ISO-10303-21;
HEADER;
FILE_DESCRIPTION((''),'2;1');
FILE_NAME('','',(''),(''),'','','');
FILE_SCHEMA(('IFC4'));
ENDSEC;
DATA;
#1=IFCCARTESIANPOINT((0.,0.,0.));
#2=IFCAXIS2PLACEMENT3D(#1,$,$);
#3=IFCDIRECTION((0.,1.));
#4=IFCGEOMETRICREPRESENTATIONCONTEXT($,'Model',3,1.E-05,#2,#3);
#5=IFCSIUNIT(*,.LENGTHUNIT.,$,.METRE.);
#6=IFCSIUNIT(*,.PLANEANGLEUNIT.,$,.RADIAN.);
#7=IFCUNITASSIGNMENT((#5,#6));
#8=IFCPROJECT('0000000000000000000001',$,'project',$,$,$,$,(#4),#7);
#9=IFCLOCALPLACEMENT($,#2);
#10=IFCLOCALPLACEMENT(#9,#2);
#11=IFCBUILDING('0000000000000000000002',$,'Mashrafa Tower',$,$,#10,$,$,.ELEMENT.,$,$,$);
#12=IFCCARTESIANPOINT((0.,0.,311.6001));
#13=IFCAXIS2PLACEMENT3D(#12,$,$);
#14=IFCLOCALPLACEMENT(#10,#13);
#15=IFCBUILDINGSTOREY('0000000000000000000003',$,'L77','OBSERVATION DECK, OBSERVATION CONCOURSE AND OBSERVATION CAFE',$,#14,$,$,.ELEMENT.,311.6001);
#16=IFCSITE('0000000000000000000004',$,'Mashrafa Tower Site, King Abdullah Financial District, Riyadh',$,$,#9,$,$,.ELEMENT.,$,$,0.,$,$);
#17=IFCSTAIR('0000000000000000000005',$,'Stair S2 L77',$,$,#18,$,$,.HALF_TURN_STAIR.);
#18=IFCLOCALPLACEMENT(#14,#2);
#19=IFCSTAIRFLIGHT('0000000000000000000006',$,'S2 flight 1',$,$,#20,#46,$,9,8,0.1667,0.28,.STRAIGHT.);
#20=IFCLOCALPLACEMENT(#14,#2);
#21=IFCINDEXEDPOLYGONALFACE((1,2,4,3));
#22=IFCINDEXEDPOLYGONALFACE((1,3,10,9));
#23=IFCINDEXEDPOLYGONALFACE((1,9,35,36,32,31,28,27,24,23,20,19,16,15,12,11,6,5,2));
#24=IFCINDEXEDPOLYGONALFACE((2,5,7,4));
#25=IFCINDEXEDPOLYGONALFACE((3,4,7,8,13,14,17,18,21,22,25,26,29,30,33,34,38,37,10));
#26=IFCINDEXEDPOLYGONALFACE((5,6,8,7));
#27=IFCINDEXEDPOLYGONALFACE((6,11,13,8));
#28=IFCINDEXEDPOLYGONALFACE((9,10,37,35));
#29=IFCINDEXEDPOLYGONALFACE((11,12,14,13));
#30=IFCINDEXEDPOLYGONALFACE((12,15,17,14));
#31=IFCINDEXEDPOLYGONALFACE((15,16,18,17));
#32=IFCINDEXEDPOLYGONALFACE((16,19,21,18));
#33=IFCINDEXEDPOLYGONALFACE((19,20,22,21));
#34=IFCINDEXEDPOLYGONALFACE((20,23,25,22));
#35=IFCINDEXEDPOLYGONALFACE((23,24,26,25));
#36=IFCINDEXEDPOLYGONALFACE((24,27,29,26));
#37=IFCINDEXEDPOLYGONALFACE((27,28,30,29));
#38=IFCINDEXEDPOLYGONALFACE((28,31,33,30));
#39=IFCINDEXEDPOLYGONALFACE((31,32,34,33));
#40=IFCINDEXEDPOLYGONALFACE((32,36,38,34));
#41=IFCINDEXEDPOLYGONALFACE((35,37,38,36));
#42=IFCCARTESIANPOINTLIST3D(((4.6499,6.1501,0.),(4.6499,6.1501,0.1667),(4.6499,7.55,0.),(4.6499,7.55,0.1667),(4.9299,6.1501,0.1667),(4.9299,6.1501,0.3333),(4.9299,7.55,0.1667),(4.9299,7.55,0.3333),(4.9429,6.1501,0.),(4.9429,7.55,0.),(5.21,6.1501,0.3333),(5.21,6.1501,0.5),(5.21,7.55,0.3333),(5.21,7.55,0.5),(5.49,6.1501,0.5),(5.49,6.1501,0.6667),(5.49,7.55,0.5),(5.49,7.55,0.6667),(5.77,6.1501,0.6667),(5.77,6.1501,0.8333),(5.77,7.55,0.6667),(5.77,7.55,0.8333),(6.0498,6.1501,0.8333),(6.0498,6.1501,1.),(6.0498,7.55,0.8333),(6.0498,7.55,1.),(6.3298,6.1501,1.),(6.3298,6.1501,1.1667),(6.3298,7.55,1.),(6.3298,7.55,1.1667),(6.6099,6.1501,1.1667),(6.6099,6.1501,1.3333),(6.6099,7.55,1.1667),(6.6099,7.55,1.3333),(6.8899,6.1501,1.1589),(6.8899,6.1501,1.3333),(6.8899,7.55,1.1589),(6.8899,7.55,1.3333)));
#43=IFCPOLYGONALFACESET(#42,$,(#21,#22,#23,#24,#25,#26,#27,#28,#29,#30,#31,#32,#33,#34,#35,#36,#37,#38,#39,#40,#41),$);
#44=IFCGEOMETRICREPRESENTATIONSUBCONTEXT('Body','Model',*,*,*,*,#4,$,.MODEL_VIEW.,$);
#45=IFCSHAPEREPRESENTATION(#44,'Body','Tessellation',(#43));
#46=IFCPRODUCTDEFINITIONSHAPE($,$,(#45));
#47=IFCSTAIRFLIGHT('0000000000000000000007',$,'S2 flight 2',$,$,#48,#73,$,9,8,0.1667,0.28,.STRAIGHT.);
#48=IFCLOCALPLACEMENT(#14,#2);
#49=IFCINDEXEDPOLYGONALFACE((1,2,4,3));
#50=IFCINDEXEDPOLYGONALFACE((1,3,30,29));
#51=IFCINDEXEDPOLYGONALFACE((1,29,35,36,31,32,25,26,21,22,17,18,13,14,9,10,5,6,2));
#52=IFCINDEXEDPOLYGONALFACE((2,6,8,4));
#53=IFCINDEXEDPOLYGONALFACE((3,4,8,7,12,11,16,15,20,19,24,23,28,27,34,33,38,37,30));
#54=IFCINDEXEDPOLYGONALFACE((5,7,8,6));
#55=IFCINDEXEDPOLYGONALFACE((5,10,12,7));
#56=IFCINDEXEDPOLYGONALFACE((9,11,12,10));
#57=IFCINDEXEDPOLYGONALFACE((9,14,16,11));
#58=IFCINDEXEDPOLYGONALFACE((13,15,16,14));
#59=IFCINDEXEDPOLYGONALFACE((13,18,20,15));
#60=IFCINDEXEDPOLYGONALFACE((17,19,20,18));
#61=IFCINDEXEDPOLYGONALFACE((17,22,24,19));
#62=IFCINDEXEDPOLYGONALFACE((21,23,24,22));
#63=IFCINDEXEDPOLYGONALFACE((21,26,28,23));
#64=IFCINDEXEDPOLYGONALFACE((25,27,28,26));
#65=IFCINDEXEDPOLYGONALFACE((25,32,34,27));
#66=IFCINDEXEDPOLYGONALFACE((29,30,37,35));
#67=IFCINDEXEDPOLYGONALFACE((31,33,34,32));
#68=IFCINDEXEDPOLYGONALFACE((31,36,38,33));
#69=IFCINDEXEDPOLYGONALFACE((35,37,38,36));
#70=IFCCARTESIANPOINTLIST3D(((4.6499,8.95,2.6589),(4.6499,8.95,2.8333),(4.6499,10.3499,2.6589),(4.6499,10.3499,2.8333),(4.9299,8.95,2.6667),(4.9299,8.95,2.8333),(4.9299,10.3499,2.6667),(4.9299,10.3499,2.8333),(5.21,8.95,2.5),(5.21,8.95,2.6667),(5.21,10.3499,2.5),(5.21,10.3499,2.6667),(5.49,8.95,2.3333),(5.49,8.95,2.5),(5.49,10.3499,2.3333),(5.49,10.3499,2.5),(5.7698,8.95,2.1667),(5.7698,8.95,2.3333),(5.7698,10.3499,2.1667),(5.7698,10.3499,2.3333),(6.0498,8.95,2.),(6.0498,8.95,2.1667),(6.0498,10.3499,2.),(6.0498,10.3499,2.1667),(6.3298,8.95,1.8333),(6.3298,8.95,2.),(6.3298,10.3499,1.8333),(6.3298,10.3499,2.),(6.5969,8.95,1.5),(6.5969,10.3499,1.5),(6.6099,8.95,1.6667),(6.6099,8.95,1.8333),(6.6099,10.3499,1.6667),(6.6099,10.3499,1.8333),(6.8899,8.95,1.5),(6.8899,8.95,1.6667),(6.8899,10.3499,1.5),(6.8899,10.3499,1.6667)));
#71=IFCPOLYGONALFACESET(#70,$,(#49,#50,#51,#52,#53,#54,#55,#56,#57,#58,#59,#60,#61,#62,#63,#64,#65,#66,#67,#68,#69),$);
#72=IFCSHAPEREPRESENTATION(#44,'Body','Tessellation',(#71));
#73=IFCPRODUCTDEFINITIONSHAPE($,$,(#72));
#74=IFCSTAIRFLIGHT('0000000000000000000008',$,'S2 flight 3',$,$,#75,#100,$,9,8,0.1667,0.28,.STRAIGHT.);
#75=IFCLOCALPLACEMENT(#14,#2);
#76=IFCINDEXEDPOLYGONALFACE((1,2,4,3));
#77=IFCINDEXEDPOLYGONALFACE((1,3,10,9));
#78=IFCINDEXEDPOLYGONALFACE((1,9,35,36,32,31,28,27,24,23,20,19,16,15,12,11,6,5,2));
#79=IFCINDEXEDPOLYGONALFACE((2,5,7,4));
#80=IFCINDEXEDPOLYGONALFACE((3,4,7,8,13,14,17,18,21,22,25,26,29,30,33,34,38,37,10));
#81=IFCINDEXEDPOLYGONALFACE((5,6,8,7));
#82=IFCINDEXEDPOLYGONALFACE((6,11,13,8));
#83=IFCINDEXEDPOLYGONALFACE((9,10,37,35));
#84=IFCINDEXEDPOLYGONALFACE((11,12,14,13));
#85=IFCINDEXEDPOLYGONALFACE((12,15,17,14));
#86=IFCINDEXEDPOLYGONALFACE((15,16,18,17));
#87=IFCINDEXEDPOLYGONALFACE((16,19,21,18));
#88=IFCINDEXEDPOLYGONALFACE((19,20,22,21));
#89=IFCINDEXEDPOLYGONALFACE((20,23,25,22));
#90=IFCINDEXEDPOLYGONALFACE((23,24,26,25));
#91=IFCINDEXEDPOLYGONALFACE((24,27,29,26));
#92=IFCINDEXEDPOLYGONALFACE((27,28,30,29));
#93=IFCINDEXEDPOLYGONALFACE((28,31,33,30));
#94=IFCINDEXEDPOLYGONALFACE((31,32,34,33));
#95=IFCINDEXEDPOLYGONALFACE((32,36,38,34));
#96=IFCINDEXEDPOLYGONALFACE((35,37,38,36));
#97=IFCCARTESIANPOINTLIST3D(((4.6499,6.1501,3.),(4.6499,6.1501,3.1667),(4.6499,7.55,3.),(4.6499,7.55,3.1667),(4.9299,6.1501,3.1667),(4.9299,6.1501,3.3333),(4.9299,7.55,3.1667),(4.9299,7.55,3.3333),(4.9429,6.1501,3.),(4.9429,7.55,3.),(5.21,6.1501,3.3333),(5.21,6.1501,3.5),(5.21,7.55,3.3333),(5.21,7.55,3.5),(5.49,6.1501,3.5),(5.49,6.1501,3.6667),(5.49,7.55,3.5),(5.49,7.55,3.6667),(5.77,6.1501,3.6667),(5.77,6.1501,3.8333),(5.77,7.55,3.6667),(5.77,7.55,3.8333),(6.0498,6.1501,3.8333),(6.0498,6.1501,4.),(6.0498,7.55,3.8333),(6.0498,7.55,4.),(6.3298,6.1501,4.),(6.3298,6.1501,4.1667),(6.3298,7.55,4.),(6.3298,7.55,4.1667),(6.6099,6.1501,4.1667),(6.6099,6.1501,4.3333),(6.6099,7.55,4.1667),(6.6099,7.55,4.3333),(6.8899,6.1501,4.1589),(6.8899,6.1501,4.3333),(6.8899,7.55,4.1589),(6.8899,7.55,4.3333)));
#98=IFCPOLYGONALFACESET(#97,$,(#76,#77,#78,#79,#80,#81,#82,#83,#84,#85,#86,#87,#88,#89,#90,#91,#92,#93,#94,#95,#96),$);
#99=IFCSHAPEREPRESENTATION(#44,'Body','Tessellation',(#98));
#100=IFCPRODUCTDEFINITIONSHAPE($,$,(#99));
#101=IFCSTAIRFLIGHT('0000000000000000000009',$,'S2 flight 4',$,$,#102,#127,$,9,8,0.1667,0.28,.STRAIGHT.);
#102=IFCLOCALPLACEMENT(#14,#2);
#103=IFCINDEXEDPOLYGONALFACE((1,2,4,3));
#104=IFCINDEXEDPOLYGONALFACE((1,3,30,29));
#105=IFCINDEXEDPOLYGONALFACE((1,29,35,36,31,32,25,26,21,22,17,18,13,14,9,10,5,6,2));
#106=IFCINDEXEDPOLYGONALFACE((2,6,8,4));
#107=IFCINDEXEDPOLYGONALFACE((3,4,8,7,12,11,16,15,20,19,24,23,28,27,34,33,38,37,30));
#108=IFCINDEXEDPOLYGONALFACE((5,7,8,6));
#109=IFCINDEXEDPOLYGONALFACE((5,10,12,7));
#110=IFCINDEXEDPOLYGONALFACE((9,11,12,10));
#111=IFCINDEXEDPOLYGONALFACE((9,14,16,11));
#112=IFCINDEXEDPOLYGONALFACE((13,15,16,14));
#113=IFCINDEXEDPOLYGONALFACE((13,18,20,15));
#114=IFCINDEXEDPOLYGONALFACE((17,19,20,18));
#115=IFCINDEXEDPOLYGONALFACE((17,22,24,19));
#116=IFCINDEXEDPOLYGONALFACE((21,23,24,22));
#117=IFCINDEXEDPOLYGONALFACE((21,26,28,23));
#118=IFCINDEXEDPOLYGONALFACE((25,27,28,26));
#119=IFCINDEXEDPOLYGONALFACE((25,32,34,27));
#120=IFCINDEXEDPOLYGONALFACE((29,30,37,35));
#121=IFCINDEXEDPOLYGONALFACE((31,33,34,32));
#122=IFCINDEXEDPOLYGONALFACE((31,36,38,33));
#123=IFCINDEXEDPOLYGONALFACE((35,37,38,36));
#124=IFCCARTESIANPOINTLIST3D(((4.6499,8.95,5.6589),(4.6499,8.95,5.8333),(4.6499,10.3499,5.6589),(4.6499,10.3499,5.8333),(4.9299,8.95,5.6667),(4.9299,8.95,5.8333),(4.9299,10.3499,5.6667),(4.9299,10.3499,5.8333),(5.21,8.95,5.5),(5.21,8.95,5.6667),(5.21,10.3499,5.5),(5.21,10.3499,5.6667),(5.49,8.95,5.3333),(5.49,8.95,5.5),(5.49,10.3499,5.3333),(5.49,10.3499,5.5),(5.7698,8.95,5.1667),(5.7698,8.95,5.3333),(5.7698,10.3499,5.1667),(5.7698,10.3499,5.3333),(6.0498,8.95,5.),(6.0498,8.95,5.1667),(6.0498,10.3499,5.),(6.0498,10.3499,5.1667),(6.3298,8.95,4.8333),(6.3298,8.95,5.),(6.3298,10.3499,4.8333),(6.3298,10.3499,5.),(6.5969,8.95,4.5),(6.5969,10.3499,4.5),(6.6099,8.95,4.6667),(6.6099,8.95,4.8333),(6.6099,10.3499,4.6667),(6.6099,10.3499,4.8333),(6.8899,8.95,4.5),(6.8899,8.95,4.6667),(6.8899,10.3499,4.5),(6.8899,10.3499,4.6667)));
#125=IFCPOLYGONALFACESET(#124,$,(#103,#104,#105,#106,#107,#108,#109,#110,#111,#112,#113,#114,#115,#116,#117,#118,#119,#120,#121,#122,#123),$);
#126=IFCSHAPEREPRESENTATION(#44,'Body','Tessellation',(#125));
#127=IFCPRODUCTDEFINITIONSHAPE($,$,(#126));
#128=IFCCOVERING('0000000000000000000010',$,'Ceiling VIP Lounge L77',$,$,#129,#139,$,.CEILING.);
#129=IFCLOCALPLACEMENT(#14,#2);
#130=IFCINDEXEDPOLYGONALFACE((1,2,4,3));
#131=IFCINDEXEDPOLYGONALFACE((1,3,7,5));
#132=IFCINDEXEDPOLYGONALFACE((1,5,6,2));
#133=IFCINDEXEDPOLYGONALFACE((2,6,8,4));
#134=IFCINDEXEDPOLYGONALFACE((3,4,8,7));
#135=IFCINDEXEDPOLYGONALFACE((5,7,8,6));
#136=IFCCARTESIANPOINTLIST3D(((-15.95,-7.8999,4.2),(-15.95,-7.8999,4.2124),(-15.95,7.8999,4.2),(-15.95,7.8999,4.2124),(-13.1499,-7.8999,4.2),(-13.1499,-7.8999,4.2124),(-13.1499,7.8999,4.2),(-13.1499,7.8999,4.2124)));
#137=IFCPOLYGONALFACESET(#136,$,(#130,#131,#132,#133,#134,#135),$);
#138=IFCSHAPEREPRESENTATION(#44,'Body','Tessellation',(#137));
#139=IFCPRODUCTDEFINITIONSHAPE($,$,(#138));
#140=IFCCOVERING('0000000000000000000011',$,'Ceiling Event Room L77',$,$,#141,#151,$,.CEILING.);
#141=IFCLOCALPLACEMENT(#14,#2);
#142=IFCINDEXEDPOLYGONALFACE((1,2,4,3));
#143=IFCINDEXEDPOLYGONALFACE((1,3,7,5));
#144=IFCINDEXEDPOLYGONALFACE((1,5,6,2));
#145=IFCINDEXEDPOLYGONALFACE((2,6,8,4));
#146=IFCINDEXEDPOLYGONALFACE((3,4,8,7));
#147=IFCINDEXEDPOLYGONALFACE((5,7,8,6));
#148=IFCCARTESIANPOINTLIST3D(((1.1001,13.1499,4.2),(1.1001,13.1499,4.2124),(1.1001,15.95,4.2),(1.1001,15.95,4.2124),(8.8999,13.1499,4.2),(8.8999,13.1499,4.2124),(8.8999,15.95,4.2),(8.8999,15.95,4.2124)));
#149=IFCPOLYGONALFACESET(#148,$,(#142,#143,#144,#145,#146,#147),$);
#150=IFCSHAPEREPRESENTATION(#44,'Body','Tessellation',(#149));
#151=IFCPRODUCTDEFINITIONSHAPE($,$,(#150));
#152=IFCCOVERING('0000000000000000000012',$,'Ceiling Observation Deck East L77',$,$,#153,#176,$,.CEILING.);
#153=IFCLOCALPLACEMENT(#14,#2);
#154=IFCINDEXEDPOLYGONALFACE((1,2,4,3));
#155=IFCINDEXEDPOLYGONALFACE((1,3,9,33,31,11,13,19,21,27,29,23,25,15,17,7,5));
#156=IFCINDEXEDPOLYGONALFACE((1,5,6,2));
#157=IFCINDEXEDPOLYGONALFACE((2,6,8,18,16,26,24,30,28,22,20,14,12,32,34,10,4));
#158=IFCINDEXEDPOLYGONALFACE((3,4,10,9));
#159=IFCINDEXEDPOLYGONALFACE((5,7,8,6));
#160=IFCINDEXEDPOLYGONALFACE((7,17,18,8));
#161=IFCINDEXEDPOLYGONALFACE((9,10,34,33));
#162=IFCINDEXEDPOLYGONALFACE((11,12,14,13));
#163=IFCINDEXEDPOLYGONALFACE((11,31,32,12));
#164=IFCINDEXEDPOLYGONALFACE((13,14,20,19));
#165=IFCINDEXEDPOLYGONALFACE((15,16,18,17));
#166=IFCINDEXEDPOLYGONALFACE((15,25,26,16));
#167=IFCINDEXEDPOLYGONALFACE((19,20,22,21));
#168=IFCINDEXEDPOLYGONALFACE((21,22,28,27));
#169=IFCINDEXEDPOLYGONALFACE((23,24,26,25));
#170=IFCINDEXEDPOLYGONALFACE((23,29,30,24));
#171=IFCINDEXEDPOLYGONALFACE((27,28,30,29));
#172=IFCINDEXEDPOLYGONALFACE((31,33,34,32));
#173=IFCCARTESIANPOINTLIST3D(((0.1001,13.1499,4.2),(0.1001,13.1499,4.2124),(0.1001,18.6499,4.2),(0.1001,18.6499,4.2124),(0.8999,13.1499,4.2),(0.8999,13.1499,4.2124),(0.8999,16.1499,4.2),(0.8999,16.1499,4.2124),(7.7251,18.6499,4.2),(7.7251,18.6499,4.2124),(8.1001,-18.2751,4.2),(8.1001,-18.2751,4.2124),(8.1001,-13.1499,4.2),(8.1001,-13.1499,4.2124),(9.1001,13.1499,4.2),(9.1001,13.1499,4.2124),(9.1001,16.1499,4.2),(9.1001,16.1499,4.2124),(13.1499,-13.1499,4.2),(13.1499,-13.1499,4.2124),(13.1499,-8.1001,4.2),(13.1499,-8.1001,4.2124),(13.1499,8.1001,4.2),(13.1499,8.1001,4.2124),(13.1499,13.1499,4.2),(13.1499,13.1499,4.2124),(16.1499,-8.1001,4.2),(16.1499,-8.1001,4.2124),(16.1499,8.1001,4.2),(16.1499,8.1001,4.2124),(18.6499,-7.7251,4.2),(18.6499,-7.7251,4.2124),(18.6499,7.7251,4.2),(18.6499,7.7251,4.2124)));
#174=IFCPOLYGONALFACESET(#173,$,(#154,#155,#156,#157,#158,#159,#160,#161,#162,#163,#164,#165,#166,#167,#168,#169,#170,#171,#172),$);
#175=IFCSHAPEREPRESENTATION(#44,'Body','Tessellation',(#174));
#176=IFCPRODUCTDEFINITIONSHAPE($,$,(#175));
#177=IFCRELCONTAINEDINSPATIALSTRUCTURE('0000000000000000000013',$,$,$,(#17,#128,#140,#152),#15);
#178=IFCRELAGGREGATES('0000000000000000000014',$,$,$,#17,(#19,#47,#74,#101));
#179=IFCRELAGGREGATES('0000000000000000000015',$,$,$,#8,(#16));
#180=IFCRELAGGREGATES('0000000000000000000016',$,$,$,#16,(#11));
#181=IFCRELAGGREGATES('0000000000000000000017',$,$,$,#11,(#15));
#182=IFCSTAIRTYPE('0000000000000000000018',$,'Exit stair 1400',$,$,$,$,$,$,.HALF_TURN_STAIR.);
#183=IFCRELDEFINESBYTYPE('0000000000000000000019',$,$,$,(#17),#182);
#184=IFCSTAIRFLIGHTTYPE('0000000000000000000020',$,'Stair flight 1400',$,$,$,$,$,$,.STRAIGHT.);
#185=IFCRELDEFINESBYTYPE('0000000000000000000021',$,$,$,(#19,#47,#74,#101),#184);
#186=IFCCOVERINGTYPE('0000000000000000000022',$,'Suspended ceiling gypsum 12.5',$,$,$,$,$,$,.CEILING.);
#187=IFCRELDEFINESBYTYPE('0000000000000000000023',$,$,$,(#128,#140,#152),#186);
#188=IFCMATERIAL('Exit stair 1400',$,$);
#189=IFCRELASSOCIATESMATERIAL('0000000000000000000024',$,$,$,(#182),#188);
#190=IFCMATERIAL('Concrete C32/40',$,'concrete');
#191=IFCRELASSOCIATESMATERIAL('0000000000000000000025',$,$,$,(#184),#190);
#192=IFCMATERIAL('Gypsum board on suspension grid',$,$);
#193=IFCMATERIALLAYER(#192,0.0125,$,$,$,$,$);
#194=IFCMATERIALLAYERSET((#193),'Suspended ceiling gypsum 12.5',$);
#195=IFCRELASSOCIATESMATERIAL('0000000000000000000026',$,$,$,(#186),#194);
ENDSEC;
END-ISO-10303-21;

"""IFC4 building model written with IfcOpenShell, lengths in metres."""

from ifc_helpers import new_model, si_unit, direction, frame, origin, place, context, subcontext, project, spatial, polyline, outline, extrude, material, layer, layer_set, type_object, element, aggregate, save


model = new_model("IFC4")

# Units and contexts
model_context = context("Model", 3, precision=1e-05, world=origin(), true_north=direction((0.0, 1.0)))
body_context = subcontext(model_context, "Body", "Model", "MODEL_VIEW")
ifc_project = project(units=[si_unit("LENGTHUNIT", "METRE"), si_unit("PLANEANGLEUNIT", "RADIAN")], contexts=[model_context])

# Site, building, storey
site_placement = place(None, origin())
site = spatial("IfcSite", under=ifc_project, at=site_placement, Name="Mashrafa Tower Site, King Abdullah Financial District, Riyadh", CompositionType="ELEMENT", RefElevation=0.0)
building_placement = place(site_placement, origin())
building = spatial("IfcBuilding", under=site, at=building_placement, Name="Mashrafa Tower", CompositionType="ELEMENT")
storey_placement = place(building_placement, frame((0.0, 0.0, 311.6001)))
storey = spatial("IfcBuildingStorey", under=building, at=storey_placement, Name="L77", Description="OBSERVATION DECK, OBSERVATION CONCOURSE AND OBSERVATION CAFE", CompositionType="ELEMENT", Elevation=311.6001)

# Stair, stair flights
ifc_material_1 = material(Name="Exit stair 1400")
stair_type = type_object("IfcStairType", Name="Exit stair 1400", PredefinedType="HALF_TURN_STAIR", material=ifc_material_1)
stair_placement = place(storey_placement, origin())
stair = element("IfcStair", 1, at=stair_placement, inside=storey, type_object=stair_type, Name="Stair S2 L77", PredefinedType="HALF_TURN_STAIR")
ifc_material_2 = material(Name="Concrete C32/40", Category="concrete")
stair_flight_type = type_object("IfcStairFlightType", Name="Stair flight 1400", PredefinedType="STRAIGHT", material=ifc_material_2)
stair_flight_1_placement = place(storey_placement, frame((4.6499, 6.8501, 0.0), z_axis=(0.0, 0.0, 1.0), x_axis=(1.0, 0.0, 0.0)))
stair_flight_1 = element("IfcStairFlight", 2, at=stair_flight_1_placement, type_object=stair_flight_type, Name="S2 flight 1", NumberOfRisers=9, NumberOfTreads=8, PredefinedType="STRAIGHT", RiserHeight=0.1667, TreadLength=0.28, context=body_context, shape_type="SweptSolid", body=[
    extrude(outline(polyline([(0.0, 0.0), (0.0, 0.1667), (0.28, 0.1667), (0.28, 0.3333), (0.5601, 0.3333), (0.5601, 0.5), (0.8401, 0.5), (0.8401, 0.6667), (1.1201, 0.6667), (1.1201, 0.8333), (1.3999, 0.8333), (1.3999, 1.0), (1.6799, 1.0), (1.6799, 1.1667), (1.96, 1.1667), (1.96, 1.3333), (2.24, 1.3333), (2.24, 1.5), (2.24, 1.1589), (0.293, 0.0), (0.0, 0.0)])), frame((0.0, 0.7, 0.0), z_axis=(0.0, -1.0, 0.0), x_axis=(1.0, 0.0, 0.0)), (0.0, 0.0, 1.0), 1.3999),
])
stair_flight_2_placement = place(storey_placement, frame((6.8899, 9.6499, 1.5), z_axis=(0.0, 0.0, 1.0), x_axis=(-1.0, 0.0, 0.0)))
stair_flight_2 = element("IfcStairFlight", 3, at=stair_flight_2_placement, type_object=stair_flight_type, Name="S2 flight 2", NumberOfRisers=9, NumberOfTreads=8, PredefinedType="STRAIGHT", RiserHeight=0.1667, TreadLength=0.28, context=body_context, shape_type="SweptSolid", body=[
    extrude(outline(polyline([(0.0, 0.0), (0.0, 0.1667), (0.28, 0.1667), (0.28, 0.3333), (0.5601, 0.3333), (0.5601, 0.5), (0.8401, 0.5), (0.8401, 0.6667), (1.1201, 0.6667), (1.1201, 0.8333), (1.3999, 0.8333), (1.3999, 1.0), (1.6799, 1.0), (1.6799, 1.1667), (1.96, 1.1667), (1.96, 1.3333), (2.24, 1.3333), (2.24, 1.5), (2.24, 1.1589), (0.293, 0.0), (0.0, 0.0)])), frame((0.0, 0.7, 0.0), z_axis=(0.0, -1.0, 0.0), x_axis=(1.0, 0.0, 0.0)), (0.0, 0.0, 1.0), 1.3999),
])
stair_flight_3_placement = place(storey_placement, frame((4.6499, 6.8501, 3.0), z_axis=(0.0, 0.0, 1.0), x_axis=(1.0, 0.0, 0.0)))
stair_flight_3 = element("IfcStairFlight", 4, at=stair_flight_3_placement, type_object=stair_flight_type, Name="S2 flight 3", NumberOfRisers=9, NumberOfTreads=8, PredefinedType="STRAIGHT", RiserHeight=0.1667, TreadLength=0.28, context=body_context, shape_type="SweptSolid", body=[
    extrude(outline(polyline([(0.0, 0.0), (0.0, 0.1667), (0.28, 0.1667), (0.28, 0.3333), (0.5601, 0.3333), (0.5601, 0.5), (0.8401, 0.5), (0.8401, 0.6667), (1.1201, 0.6667), (1.1201, 0.8333), (1.3999, 0.8333), (1.3999, 1.0), (1.6799, 1.0), (1.6799, 1.1667), (1.96, 1.1667), (1.96, 1.3333), (2.24, 1.3333), (2.24, 1.5), (2.24, 1.1589), (0.293, 0.0), (0.0, 0.0)])), frame((0.0, 0.7, 0.0), z_axis=(0.0, -1.0, 0.0), x_axis=(1.0, 0.0, 0.0)), (0.0, 0.0, 1.0), 1.3999),
])
stair_flight_4_placement = place(storey_placement, frame((6.8899, 9.6499, 4.5), z_axis=(0.0, 0.0, 1.0), x_axis=(-1.0, 0.0, 0.0)))
stair_flight_4 = element("IfcStairFlight", 5, at=stair_flight_4_placement, type_object=stair_flight_type, Name="S2 flight 4", NumberOfRisers=9, NumberOfTreads=8, PredefinedType="STRAIGHT", RiserHeight=0.1667, TreadLength=0.28, context=body_context, shape_type="SweptSolid", body=[
    extrude(outline(polyline([(0.0, 0.0), (0.0, 0.1667), (0.28, 0.1667), (0.28, 0.3333), (0.5601, 0.3333), (0.5601, 0.5), (0.8401, 0.5), (0.8401, 0.6667), (1.1201, 0.6667), (1.1201, 0.8333), (1.3999, 0.8333), (1.3999, 1.0), (1.6799, 1.0), (1.6799, 1.1667), (1.96, 1.1667), (1.96, 1.3333), (2.24, 1.3333), (2.24, 1.5), (2.24, 1.1589), (0.293, 0.0), (0.0, 0.0)])), frame((0.0, 0.7, 0.0), z_axis=(0.0, -1.0, 0.0), x_axis=(1.0, 0.0, 0.0)), (0.0, 0.0, 1.0), 1.3999),
])
aggregate(stair, [stair_flight_1, stair_flight_2, stair_flight_3, stair_flight_4])

# Coverings
ifc_material_3 = material(Name="Gypsum board on suspension grid")
ifc_layer_1 = layer(ifc_material_3, 0.0125)
ifc_layer_set_1 = layer_set([ifc_layer_1], Name="Suspended ceiling gypsum 12.5")
covering_type = type_object("IfcCoveringType", Name="Suspended ceiling gypsum 12.5", PredefinedType="CEILING", material=ifc_layer_set_1)
covering_1_placement = place(storey_placement, frame((0.0, 0.0, 4.2)))
element("IfcCovering", 6, at=covering_1_placement, inside=storey, type_object=covering_type, Name="Ceiling VIP Lounge L77", PredefinedType="CEILING", context=body_context, shape_type="SweptSolid", body=[
    extrude(outline(polyline([(-15.95, 7.8999), (-13.1499, 7.8999), (-13.1499, -7.8999), (-15.95, -7.8999), (-15.95, 7.8999)])), origin(), (0.0, 0.0, 1.0), 0.0125),
])
covering_2_placement = place(storey_placement, frame((0.0, 0.0, 4.2)))
element("IfcCovering", 7, at=covering_2_placement, inside=storey, type_object=covering_type, Name="Ceiling Event Room L77", PredefinedType="CEILING", context=body_context, shape_type="SweptSolid", body=[
    extrude(outline(polyline([(1.1001, 15.95), (8.8999, 15.95), (8.8999, 13.1499), (1.1001, 13.1499), (1.1001, 15.95)])), origin(), (0.0, 0.0, 1.0), 0.0125),
])
covering_3_placement = place(storey_placement, frame((0.0, 0.0, 4.2)))
element("IfcCovering", 8, at=covering_3_placement, inside=storey, type_object=covering_type, Name="Ceiling Observation Deck East L77", PredefinedType="CEILING", context=body_context, shape_type="SweptSolid", body=[
    extrude(outline(polyline([(0.1001, 18.6499), (7.7251, 18.6499), (18.6499, 7.7251), (18.6499, -7.7251), (8.1001, -18.2751), (8.1001, -13.1499), (13.1499, -13.1499), (13.1499, -8.1001), (16.1499, -8.1001), (16.1499, 8.1001), (13.1499, 8.1001), (13.1499, 13.1499), (9.1001, 13.1499), (9.1001, 16.1499), (0.8999, 16.1499), (0.8999, 13.1499), (0.1001, 13.1499), (0.1001, 18.6499)])), origin(), (0.0, 0.0, 1.0), 0.0125),
])

save(model, "model.ifc")
